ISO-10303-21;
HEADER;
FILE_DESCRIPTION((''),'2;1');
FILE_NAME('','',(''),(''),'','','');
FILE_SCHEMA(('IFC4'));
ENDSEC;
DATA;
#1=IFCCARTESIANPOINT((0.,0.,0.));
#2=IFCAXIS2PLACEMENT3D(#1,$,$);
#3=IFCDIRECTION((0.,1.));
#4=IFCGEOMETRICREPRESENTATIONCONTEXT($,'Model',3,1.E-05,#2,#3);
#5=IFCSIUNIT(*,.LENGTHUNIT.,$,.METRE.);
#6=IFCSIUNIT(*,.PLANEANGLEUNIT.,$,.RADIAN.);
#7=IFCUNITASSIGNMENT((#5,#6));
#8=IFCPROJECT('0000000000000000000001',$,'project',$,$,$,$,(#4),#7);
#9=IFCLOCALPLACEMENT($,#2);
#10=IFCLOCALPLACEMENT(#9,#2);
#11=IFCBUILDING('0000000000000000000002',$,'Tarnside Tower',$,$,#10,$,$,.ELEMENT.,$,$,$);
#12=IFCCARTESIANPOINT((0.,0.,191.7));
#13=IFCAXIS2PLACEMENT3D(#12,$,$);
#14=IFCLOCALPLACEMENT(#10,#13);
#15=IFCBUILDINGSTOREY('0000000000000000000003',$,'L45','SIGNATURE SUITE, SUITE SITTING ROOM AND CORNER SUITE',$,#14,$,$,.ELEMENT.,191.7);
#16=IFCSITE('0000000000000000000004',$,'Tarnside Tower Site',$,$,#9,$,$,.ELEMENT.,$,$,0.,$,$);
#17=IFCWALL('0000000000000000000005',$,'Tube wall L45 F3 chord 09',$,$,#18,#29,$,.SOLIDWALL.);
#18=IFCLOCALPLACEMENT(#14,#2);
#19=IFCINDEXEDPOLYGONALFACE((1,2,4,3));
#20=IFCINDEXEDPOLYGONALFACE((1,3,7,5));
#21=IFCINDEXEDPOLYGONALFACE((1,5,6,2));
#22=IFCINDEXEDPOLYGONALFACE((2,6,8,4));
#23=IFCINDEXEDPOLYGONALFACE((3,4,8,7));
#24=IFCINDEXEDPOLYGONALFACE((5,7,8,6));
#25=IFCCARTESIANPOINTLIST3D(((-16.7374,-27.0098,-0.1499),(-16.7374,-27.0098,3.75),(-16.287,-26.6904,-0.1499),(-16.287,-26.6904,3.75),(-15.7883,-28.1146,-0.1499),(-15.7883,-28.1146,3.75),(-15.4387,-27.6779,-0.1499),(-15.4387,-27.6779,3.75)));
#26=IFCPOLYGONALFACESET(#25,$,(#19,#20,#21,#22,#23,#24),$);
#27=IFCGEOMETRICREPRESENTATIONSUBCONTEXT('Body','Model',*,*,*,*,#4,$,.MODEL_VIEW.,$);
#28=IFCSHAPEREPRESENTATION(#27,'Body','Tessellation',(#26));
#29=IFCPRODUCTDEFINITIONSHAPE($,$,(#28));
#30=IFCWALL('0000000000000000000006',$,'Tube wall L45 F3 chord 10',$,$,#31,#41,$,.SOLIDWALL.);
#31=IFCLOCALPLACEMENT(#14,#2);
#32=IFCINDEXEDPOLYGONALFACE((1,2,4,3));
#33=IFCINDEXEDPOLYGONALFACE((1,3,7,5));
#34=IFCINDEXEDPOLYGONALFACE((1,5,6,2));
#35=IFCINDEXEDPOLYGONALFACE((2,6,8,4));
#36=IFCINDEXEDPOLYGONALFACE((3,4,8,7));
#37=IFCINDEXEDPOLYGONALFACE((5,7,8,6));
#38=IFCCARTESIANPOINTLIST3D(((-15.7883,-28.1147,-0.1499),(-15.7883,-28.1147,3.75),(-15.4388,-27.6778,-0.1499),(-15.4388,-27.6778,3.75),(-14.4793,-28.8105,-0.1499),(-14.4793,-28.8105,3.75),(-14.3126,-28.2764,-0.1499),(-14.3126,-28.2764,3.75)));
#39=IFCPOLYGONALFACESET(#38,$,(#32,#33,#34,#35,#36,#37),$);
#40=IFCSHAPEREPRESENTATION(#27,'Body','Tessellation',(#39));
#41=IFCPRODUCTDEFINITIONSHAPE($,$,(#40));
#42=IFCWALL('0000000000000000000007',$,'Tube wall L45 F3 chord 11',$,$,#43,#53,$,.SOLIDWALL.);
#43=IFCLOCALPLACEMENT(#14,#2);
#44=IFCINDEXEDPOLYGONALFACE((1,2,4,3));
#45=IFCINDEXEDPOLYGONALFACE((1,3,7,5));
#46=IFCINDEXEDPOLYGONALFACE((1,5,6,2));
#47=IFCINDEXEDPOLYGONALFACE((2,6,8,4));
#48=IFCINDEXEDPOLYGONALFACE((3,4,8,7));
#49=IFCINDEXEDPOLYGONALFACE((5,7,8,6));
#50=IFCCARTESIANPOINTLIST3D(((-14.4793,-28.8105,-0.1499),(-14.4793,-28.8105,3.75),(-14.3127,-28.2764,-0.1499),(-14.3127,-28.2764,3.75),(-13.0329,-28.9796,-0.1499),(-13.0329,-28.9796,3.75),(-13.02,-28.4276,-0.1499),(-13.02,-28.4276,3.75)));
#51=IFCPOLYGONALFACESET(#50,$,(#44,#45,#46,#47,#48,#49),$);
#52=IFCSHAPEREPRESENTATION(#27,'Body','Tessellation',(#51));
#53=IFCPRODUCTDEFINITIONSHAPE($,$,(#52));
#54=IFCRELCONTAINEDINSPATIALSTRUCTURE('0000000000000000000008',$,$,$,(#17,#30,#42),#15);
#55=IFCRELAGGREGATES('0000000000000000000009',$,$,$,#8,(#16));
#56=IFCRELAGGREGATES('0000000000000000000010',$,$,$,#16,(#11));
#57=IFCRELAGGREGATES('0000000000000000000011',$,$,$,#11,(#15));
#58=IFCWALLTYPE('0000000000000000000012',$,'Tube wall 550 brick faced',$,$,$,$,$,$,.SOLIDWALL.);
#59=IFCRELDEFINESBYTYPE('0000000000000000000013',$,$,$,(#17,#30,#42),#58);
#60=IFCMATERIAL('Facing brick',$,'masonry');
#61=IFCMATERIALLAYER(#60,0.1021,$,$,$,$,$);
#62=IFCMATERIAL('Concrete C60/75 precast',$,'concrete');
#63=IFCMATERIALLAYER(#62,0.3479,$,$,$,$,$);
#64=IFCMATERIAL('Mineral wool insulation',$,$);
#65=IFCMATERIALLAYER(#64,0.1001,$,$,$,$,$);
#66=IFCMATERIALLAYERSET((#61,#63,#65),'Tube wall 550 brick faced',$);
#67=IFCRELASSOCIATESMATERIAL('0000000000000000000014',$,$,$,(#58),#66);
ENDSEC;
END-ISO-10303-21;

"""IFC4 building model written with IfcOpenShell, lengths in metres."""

from ifc_helpers import new_model, si_unit, direction, frame, origin, place, context, subcontext, project, spatial, polyline, outline, extrude, material, layer, layer_set, type_object, element, save


model = new_model("IFC4")

# Units and contexts
model_context = context("Model", 3, precision=1e-05, world=origin(), true_north=direction((0.0, 1.0)))
body_context = subcontext(model_context, "Body", "Model", "MODEL_VIEW")
ifc_project = project(units=[si_unit("LENGTHUNIT", "METRE"), si_unit("PLANEANGLEUNIT", "RADIAN")], contexts=[model_context])

# Site, building, storey
site_placement = place(None, origin())
site = spatial("IfcSite", under=ifc_project, at=site_placement, Name="Tarnside Tower Site", CompositionType="ELEMENT", RefElevation=0.0)
building_placement = place(site_placement, origin())
building = spatial("IfcBuilding", under=site, at=building_placement, Name="Tarnside Tower", CompositionType="ELEMENT")
storey_placement = place(building_placement, frame((0.0, 0.0, 191.7)))
storey = spatial("IfcBuildingStorey", under=building, at=storey_placement, Name="L45", Description="SIGNATURE SUITE, SUITE SITTING ROOM AND CORNER SUITE", CompositionType="ELEMENT", Elevation=191.7)

# Walls
ifc_material_1 = material(Name="Facing brick", Category="masonry")
ifc_layer_1 = layer(ifc_material_1, 0.1021)
ifc_material_2 = material(Name="Concrete C60/75 precast", Category="concrete")
ifc_layer_2 = layer(ifc_material_2, 0.3479)
ifc_material_3 = material(Name="Mineral wool insulation")
ifc_layer_3 = layer(ifc_material_3, 0.1001)
ifc_layer_set_1 = layer_set([ifc_layer_1, ifc_layer_2, ifc_layer_3], Name="Tube wall 550 brick faced")
wall_type_1 = type_object("IfcWallType", Name="Tube wall 550 brick faced", PredefinedType="SOLIDWALL", material=ifc_layer_set_1)
wall_1_placement = place(storey_placement, frame((-16.5122, -26.8501, -0.1499), z_axis=(0.0, 0.0, 1.0), x_axis=(0.651622, -0.758544, 0.0)))
element("IfcWall", 1, at=wall_1_placement, inside=storey, type_object=wall_type_1, Name="Tube wall L45 F3 chord 09", PredefinedType="SOLIDWALL", context=body_context, shape_type="SweptSolid", body=[
    extrude(outline(polyline([(-0.0256, -0.2749), (1.4309, -0.2749), (1.3274, 0.2749), (0.0256, 0.2749), (-0.0256, -0.2749)])), origin(), (0.0, 0.0, 1.0), 3.8999),
])
wall_2_placement = place(storey_placement, frame((-15.6135, -27.8962, -0.1499), z_axis=(0.0, 0.0, 1.0), x_axis=(0.882994, -0.469384, 0.0)))
element("IfcWall", 2, at=wall_2_placement, inside=storey, type_object=wall_type_1, Name="Tube wall L45 F3 chord 10", PredefinedType="SOLIDWALL", context=body_context, shape_type="SweptSolid", body=[
    extrude(outline(polyline([(-0.0518, -0.2749), (1.4307, -0.2749), (1.3271, 0.2749), (0.0518, 0.2749), (-0.0518, -0.2749)])), origin(), (0.0, 0.0, 1.0), 3.8999),
])
wall_3_placement = place(storey_placement, frame((-14.396, -28.5435, -0.1499), z_axis=(0.0, 0.0, 1.0), x_axis=(0.993233, -0.116143, 0.0)))
element("IfcWall", 3, at=wall_3_placement, inside=storey, type_object=wall_type_1, Name="Tube wall L45 F3 chord 11", PredefinedType="SOLIDWALL", context=body_context, shape_type="SweptSolid", body=[
    extrude(outline(polyline([(-0.0518, -0.2749), (1.4045, -0.2749), (1.3533, 0.2749), (0.0518, 0.2749), (-0.0518, -0.2749)])), origin(), (0.0, 0.0, 1.0), 3.8999),
])

save(model, "model.ifc")
